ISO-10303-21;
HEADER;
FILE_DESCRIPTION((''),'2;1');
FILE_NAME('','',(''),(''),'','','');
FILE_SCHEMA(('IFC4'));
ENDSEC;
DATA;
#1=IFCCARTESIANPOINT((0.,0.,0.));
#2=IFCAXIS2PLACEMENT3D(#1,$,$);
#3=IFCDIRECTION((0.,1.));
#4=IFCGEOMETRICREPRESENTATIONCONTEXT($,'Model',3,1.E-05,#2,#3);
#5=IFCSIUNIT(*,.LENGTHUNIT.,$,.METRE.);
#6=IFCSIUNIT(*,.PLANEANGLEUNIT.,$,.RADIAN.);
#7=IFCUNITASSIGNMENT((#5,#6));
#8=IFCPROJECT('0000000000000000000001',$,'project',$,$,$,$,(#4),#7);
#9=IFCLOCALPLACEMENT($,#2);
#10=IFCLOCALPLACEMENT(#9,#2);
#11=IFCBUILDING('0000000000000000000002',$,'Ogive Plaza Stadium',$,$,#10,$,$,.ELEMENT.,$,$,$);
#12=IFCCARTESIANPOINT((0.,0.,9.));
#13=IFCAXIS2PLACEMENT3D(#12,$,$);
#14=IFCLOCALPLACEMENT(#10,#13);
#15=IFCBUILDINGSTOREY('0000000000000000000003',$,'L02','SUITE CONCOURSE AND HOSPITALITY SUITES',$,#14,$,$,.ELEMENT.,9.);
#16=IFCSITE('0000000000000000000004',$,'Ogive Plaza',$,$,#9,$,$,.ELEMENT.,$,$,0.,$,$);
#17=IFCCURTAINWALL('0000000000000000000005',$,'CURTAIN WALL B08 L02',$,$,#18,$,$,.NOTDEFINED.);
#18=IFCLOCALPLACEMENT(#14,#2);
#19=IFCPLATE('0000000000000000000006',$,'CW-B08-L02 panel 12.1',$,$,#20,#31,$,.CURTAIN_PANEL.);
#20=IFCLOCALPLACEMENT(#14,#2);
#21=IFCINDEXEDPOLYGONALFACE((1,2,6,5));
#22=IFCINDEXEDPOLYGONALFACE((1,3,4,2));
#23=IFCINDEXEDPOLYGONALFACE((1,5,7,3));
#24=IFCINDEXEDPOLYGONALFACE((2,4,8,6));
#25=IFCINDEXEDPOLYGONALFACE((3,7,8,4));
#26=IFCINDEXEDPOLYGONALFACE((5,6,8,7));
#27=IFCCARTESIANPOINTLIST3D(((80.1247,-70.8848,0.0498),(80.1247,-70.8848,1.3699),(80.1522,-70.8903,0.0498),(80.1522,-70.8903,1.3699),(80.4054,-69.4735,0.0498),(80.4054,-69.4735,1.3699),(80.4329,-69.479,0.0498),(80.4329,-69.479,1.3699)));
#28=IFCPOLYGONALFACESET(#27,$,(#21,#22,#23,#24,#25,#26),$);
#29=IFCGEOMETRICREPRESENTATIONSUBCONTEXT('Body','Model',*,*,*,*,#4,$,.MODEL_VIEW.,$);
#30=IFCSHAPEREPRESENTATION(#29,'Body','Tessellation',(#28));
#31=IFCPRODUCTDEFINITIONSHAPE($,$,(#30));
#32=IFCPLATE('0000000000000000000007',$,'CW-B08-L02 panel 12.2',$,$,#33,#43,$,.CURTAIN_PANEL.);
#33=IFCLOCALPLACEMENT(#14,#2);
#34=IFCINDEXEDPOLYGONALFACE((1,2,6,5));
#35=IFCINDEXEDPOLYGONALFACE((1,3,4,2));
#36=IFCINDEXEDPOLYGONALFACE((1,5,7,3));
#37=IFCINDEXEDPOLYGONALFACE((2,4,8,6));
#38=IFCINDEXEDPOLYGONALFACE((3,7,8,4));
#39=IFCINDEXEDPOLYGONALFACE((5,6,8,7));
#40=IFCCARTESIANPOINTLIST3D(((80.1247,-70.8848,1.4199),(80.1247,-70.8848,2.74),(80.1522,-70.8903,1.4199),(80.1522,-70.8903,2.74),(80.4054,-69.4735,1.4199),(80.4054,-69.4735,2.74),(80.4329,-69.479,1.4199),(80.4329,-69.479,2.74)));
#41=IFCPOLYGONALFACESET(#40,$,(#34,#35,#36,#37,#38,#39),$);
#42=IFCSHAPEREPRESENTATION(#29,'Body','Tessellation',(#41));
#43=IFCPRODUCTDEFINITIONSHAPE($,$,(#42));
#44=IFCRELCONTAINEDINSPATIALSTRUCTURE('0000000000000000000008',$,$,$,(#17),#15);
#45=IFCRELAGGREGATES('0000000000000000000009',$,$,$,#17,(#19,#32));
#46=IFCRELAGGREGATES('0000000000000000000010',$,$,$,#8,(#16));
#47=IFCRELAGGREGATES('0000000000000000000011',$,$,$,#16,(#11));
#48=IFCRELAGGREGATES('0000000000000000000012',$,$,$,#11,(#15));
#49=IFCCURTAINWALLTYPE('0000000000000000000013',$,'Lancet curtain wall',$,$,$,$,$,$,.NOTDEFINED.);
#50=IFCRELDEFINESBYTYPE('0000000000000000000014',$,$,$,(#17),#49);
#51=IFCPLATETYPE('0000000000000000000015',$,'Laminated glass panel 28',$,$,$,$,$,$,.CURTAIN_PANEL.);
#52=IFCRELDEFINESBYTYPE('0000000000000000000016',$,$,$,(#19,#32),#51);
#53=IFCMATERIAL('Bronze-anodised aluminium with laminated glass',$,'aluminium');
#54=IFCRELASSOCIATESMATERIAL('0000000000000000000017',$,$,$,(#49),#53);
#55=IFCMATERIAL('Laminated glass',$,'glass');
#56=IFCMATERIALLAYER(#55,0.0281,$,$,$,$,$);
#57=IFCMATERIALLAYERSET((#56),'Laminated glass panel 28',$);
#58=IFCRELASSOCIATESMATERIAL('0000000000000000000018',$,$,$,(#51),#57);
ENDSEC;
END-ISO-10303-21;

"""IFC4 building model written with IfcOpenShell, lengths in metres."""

from ifc_helpers import new_model, si_unit, direction, frame, origin, origin_2d, place, context, subcontext, project, spatial, rectangle, extrude, material, layer, layer_set, type_object, element, aggregate, save


model = new_model("IFC4")

# Units and contexts
model_context = context("Model", 3, precision=1e-05, world=origin(), true_north=direction((0.0, 1.0)))
body_context = subcontext(model_context, "Body", "Model", "MODEL_VIEW")
ifc_project = project(units=[si_unit("LENGTHUNIT", "METRE"), si_unit("PLANEANGLEUNIT", "RADIAN")], contexts=[model_context])

# Site, building, storey
site_placement = place(None, origin())
site = spatial("IfcSite", under=ifc_project, at=site_placement, Name="Ogive Plaza", CompositionType="ELEMENT", RefElevation=0.0)
building_placement = place(site_placement, origin())
building = spatial("IfcBuilding", under=site, at=building_placement, Name="Ogive Plaza Stadium", CompositionType="ELEMENT")
storey_placement = place(building_placement, frame((0.0, 0.0, 9.0)))
storey = spatial("IfcBuildingStorey", under=building, at=storey_placement, Name="L02", Description="SUITE CONCOURSE AND HOSPITALITY SUITES", CompositionType="ELEMENT", Elevation=9.0)

# Curtain wall
ifc_material_1 = material(Name="Bronze-anodised aluminium with laminated glass", Category="aluminium")
curtain_wall_type = type_object("IfcCurtainWallType", Name="Lancet curtain wall", PredefinedType="NOTDEFINED", material=ifc_material_1)
curtain_wall_1_placement = place(storey_placement, origin())
curtain_wall_1 = element("IfcCurtainWall", 1, at=curtain_wall_1_placement, inside=storey, type_object=curtain_wall_type, Name="CURTAIN WALL B08 L02", PredefinedType="NOTDEFINED")

# Plates
ifc_material_2 = material(Name="Laminated glass", Category="glass")
ifc_layer = layer(ifc_material_2, 0.0281)
ifc_layer_set = layer_set([ifc_layer], Name="Laminated glass panel 28")
plate_type = type_object("IfcPlateType", Name="Laminated glass panel 28", PredefinedType="CURTAIN_PANEL", material=ifc_layer_set)
plate_1_placement = place(storey_placement, frame((80.2788, -70.1819, 0.0498), z_axis=(0.0, 0.0, 1.0), x_axis=(-0.19509, -0.980785, 0.0)))
plate_1 = element("IfcPlate", 2, at=plate_1_placement, type_object=plate_type, Name="CW-B08-L02 panel 12.1", PredefinedType="CURTAIN_PANEL", context=body_context, shape_type="SweptSolid", body=[
    extrude(rectangle(XDim=1.439, YDim=0.0281, at=origin_2d()), origin(), (0.0, 0.0, 1.0), 1.3201),
])
plate_2_placement = place(storey_placement, frame((80.2788, -70.1819, 1.4199), z_axis=(0.0, 0.0, 1.0), x_axis=(-0.19509, -0.980785, 0.0)))
plate_2 = element("IfcPlate", 3, at=plate_2_placement, type_object=plate_type, Name="CW-B08-L02 panel 12.2", PredefinedType="CURTAIN_PANEL", context=body_context, shape_type="SweptSolid", body=[
    extrude(rectangle(XDim=1.439, YDim=0.0281, at=origin_2d()), origin(), (0.0, 0.0, 1.0), 1.3201),
])
aggregate(curtain_wall_1, [plate_1, plate_2])

save(model, "model.ifc")
